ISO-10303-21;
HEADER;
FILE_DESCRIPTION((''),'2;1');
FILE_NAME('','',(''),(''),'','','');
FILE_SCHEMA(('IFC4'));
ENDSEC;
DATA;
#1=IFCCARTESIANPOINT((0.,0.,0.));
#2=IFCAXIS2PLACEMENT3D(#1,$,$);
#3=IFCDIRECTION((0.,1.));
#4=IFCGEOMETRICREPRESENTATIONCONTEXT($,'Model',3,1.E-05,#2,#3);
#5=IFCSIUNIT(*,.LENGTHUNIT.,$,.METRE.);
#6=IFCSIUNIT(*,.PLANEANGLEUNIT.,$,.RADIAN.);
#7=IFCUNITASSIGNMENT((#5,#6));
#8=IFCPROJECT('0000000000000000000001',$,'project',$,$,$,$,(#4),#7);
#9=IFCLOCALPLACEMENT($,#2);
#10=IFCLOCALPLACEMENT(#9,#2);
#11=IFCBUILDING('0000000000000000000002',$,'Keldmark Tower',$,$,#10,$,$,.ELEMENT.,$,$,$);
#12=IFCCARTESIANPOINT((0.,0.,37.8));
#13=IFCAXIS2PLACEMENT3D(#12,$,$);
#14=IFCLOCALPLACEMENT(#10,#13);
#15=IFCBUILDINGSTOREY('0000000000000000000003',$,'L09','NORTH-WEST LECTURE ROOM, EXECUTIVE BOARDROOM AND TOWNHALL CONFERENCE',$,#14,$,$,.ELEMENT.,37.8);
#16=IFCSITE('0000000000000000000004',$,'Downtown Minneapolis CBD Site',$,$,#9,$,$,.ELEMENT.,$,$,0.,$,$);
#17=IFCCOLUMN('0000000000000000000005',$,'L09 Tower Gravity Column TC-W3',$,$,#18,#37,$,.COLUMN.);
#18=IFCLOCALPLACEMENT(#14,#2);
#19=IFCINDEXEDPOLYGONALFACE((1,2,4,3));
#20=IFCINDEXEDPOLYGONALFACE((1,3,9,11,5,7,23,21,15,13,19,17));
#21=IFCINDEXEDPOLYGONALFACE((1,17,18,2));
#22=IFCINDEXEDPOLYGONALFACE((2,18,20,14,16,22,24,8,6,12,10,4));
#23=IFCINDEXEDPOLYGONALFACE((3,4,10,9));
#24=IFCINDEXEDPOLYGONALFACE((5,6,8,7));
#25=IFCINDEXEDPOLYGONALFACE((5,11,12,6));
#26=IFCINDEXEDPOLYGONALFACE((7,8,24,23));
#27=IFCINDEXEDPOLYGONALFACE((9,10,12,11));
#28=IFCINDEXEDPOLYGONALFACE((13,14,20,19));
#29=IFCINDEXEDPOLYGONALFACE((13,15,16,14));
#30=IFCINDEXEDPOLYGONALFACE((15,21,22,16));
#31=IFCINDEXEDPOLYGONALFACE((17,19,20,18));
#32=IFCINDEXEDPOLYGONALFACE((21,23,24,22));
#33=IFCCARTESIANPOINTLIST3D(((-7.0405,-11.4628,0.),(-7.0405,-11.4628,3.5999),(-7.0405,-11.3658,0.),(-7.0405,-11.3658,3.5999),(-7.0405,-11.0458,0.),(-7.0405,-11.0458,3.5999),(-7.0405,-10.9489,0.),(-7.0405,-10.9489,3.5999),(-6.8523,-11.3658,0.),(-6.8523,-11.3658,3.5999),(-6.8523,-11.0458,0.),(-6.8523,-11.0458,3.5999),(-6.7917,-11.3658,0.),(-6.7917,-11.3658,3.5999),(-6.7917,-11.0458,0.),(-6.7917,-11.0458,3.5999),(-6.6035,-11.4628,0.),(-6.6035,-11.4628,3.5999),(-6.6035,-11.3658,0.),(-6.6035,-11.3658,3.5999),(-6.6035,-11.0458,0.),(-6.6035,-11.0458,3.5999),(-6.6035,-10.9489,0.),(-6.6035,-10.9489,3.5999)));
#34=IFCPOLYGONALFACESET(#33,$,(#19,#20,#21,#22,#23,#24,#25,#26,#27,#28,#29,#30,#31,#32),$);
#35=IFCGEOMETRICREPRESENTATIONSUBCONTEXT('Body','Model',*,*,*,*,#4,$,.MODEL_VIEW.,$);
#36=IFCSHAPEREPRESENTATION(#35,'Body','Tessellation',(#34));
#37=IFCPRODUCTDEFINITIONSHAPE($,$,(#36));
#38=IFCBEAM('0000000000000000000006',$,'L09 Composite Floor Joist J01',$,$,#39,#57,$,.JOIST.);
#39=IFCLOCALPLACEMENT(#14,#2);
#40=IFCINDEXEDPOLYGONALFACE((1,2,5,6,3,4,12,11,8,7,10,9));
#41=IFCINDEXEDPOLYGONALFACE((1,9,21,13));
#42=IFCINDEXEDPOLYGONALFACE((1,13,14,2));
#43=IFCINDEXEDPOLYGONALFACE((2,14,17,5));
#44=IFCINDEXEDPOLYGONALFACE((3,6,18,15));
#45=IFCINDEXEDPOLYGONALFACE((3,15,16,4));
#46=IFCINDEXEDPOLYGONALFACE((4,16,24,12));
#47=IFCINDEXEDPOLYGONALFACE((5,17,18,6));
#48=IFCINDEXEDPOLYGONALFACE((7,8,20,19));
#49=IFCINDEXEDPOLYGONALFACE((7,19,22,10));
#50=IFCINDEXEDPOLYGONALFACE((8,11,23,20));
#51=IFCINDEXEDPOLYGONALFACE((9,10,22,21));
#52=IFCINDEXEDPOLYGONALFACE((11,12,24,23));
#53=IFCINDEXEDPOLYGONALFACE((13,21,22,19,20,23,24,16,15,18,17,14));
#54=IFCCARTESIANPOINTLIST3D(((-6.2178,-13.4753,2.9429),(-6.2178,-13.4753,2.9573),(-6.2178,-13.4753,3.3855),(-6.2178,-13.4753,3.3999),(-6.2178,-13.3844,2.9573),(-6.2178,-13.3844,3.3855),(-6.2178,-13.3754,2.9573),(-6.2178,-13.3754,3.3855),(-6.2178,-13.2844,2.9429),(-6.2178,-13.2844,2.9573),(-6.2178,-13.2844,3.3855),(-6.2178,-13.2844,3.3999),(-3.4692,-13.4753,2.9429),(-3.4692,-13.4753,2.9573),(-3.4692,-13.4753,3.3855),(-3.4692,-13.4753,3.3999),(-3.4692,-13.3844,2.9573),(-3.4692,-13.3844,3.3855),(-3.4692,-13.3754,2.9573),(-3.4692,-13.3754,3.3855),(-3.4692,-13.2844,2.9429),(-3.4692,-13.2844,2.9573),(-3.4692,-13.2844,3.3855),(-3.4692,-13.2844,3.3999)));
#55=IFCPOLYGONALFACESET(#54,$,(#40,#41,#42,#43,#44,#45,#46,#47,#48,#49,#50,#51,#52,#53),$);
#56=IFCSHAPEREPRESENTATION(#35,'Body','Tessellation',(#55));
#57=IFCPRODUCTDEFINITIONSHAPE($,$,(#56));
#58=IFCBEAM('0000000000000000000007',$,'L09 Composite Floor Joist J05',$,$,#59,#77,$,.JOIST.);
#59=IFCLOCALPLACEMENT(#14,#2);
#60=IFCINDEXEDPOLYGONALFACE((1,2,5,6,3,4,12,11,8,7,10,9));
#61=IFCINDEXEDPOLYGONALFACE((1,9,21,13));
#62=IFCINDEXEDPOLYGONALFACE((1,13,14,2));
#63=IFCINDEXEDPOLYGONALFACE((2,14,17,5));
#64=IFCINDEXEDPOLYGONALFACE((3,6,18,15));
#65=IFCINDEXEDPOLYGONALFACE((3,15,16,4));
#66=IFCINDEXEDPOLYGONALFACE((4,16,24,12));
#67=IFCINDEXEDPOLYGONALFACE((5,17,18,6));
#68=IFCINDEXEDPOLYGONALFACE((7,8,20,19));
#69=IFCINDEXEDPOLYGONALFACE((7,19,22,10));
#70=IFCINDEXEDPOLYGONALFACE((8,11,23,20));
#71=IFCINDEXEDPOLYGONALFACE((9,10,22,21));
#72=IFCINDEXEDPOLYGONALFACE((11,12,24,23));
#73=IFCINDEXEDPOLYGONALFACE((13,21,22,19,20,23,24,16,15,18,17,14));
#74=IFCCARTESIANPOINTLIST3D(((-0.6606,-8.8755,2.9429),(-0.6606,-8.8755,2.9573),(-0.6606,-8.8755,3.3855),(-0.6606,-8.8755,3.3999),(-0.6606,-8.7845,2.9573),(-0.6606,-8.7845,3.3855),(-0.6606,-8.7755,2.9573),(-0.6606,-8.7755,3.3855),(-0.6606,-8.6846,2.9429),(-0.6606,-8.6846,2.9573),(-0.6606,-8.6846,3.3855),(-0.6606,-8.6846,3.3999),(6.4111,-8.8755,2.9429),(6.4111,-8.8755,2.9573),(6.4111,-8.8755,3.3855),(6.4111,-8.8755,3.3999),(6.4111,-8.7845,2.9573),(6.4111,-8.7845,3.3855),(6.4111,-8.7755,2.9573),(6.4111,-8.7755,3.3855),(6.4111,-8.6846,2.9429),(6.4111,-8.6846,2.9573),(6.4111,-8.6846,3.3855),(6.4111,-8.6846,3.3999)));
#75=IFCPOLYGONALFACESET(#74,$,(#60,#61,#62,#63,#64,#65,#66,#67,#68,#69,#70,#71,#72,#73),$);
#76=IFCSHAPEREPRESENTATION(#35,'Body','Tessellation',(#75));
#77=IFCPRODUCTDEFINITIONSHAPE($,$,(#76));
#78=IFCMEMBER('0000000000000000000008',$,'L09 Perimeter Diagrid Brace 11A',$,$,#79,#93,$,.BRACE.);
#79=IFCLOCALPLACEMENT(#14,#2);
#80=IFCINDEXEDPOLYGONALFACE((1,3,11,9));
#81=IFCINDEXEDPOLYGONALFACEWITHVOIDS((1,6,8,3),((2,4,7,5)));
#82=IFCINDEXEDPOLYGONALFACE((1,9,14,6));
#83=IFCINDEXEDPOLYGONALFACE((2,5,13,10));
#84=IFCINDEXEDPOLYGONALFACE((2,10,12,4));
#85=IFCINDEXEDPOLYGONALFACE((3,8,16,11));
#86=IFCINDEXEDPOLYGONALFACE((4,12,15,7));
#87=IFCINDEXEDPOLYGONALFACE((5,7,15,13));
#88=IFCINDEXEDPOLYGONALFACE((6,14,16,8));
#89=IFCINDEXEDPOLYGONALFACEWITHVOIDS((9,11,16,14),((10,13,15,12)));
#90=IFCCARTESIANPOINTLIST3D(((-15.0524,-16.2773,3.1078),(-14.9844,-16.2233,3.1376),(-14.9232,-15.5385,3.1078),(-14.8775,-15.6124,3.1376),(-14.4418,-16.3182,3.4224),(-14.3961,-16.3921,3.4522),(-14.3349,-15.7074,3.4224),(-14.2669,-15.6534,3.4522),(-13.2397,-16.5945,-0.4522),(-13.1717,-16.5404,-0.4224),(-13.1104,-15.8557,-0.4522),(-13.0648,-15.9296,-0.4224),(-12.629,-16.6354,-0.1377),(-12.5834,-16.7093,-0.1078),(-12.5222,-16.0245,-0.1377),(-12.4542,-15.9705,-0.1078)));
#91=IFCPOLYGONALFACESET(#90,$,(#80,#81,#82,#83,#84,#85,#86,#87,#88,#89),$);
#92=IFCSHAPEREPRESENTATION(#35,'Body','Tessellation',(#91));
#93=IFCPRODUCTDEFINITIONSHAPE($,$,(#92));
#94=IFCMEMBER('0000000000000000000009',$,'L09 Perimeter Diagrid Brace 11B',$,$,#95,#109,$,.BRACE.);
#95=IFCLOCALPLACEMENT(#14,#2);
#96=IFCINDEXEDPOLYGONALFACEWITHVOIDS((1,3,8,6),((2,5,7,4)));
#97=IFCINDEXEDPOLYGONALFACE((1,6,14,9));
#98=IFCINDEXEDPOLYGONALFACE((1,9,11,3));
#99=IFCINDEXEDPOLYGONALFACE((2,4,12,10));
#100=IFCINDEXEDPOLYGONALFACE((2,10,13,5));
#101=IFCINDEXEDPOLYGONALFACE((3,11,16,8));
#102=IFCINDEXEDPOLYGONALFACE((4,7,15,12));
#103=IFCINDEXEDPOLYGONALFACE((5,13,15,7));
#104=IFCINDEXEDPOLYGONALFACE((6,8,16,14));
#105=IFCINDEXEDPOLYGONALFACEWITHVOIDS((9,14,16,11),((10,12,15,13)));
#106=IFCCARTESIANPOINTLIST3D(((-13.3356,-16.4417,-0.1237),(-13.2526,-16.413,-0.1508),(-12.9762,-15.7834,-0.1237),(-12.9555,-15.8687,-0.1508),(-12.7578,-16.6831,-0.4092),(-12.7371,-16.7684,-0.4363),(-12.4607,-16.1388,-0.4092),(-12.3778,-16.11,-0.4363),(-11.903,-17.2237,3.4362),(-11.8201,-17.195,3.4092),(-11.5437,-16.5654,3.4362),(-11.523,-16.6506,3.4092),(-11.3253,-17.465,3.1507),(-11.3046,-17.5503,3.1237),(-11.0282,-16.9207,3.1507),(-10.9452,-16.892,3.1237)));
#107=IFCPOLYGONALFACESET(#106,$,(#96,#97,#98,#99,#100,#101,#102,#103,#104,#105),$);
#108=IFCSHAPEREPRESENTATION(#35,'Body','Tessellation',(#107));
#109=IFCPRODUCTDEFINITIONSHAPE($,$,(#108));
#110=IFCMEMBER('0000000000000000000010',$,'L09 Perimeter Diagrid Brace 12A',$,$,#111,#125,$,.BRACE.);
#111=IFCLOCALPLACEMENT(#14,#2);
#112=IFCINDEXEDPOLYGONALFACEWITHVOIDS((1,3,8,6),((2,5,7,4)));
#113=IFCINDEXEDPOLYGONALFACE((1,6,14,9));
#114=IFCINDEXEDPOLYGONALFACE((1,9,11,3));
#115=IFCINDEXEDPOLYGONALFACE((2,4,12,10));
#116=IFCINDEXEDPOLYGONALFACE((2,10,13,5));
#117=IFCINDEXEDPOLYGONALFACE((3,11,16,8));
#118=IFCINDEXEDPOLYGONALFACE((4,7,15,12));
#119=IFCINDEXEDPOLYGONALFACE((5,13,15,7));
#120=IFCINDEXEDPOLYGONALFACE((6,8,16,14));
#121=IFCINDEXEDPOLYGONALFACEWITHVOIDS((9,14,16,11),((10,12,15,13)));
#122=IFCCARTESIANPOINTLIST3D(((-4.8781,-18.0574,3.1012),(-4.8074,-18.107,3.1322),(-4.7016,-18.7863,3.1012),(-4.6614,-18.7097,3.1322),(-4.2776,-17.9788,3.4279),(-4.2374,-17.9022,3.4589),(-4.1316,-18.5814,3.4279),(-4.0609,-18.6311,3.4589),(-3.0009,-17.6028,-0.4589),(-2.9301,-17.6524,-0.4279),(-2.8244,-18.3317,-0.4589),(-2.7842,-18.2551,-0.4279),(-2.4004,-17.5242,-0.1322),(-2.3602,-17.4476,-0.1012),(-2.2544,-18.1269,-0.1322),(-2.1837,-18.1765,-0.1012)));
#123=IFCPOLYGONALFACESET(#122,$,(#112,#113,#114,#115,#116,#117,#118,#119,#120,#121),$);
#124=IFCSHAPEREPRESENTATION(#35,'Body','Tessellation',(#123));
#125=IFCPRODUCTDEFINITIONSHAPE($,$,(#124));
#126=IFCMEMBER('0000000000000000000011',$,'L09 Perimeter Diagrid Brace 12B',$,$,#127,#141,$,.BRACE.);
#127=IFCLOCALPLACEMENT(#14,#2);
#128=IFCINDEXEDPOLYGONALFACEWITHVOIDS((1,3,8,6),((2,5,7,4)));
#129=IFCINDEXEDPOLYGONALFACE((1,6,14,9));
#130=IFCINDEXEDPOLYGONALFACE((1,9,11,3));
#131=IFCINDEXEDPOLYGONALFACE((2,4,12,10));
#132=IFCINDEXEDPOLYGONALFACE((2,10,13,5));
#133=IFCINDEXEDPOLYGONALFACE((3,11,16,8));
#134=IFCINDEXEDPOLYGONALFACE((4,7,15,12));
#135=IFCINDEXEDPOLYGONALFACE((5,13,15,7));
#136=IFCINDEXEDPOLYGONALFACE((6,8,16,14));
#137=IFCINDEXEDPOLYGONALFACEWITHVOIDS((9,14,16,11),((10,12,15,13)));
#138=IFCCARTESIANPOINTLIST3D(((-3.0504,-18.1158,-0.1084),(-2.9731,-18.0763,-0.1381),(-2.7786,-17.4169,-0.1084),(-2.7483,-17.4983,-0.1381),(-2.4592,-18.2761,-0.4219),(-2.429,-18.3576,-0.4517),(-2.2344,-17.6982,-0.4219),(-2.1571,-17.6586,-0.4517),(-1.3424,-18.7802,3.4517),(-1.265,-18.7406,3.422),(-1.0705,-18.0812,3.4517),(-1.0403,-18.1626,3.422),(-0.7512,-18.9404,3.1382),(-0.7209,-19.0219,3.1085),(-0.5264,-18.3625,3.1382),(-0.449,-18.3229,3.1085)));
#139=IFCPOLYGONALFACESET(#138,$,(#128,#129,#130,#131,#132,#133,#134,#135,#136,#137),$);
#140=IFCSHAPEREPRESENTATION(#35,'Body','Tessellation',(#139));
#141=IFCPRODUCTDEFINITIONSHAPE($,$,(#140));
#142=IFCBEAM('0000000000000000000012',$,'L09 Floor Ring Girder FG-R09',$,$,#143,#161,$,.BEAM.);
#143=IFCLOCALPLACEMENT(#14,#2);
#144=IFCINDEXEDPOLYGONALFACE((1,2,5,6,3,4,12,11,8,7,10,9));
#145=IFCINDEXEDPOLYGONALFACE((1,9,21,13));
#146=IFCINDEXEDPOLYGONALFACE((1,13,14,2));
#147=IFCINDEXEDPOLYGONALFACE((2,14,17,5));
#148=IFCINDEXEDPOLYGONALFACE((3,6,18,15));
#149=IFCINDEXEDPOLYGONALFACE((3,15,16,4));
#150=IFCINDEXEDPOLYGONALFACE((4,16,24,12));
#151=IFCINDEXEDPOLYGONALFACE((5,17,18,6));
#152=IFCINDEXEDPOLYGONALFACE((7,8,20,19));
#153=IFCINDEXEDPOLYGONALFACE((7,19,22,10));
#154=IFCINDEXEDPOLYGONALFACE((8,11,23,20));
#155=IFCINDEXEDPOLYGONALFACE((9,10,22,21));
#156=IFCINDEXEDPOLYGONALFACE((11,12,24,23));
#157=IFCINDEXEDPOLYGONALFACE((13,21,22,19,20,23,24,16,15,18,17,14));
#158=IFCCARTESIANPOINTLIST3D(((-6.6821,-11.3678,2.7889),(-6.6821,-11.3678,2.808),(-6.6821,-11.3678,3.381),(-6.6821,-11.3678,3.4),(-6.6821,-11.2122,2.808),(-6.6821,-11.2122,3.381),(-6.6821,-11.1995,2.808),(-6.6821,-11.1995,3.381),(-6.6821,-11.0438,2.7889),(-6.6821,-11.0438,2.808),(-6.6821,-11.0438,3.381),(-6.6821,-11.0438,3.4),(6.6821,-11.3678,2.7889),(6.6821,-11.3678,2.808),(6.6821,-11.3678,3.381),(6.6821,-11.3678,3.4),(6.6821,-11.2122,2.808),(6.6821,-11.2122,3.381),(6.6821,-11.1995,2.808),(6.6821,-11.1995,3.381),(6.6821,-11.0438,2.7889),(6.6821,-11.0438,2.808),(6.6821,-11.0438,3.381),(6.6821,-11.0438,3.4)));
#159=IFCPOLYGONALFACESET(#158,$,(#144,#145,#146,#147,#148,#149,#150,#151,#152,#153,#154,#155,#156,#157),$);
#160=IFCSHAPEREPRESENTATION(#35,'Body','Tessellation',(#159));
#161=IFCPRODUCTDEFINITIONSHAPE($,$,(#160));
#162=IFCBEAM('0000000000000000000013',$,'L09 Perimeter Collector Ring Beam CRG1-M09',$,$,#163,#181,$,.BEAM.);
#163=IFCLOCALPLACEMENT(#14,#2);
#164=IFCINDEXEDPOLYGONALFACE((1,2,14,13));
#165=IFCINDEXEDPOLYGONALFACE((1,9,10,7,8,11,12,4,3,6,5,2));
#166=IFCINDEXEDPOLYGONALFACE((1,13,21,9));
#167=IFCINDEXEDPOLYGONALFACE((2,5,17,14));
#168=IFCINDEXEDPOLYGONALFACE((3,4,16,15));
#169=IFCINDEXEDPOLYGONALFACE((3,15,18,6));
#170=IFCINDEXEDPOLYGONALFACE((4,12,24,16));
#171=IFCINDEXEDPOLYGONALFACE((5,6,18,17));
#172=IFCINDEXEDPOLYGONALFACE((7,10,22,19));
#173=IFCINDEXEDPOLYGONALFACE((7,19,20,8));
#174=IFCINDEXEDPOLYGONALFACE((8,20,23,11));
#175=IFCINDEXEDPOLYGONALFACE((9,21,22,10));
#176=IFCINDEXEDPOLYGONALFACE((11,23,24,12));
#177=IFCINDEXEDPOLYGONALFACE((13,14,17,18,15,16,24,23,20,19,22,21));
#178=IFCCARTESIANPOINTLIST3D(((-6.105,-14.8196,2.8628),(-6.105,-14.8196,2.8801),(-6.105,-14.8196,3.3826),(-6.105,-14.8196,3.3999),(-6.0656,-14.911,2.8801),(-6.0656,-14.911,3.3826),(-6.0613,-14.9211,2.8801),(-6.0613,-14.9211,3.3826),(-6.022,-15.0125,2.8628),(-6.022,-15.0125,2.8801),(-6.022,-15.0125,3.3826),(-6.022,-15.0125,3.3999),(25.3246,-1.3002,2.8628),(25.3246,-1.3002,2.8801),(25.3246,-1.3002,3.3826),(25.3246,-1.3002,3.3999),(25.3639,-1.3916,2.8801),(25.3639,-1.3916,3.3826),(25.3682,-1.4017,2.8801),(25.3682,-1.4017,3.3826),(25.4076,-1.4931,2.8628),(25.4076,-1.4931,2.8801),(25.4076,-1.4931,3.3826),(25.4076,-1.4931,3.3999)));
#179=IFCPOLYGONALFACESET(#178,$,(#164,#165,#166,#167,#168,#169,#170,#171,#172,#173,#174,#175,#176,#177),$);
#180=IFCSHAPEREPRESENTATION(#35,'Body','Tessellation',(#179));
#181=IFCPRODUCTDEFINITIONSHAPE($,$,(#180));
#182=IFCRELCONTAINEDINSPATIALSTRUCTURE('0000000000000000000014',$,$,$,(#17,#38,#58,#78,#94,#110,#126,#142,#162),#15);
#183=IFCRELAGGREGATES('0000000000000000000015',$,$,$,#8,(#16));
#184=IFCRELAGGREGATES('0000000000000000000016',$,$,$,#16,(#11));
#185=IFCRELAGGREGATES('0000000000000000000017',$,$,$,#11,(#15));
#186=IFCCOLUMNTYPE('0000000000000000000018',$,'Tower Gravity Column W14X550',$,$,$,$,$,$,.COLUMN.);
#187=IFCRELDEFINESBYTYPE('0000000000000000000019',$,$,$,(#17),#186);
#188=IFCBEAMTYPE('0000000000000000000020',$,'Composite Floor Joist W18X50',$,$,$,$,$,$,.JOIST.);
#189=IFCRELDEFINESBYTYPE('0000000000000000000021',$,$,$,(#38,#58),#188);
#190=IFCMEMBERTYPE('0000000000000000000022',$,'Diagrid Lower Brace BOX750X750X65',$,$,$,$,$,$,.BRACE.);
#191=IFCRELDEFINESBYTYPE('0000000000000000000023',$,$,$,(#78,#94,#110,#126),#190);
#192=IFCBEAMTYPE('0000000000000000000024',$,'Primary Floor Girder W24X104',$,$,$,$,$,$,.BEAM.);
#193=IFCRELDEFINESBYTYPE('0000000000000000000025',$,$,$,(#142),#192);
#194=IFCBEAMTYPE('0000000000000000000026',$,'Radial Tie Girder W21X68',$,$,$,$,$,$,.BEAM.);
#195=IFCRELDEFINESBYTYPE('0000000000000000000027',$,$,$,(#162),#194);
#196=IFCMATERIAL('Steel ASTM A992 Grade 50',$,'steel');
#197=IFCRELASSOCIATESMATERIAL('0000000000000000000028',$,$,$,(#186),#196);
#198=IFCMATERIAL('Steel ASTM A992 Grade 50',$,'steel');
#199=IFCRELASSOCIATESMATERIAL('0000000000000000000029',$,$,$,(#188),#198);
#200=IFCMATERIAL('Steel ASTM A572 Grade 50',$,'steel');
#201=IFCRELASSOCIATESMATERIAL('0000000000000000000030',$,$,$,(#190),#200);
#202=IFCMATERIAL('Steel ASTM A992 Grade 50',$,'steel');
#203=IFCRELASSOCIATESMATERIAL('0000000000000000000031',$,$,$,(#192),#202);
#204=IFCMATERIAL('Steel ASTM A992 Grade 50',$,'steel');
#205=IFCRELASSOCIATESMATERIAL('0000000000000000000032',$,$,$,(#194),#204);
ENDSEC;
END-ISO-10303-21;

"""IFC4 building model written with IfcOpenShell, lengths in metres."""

from ifc_helpers import new_model, si_unit, direction, frame, origin, origin_2d, place, context, subcontext, project, spatial, hollow_rectangle, i_section, extrude, material, material_profile, profile_set, type_object, element, save


model = new_model("IFC4")

# Units and contexts
model_context = context("Model", 3, precision=1e-05, world=origin(), true_north=direction((0.0, 1.0)))
body_context = subcontext(model_context, "Body", "Model", "MODEL_VIEW")
ifc_project = project(units=[si_unit("LENGTHUNIT", "METRE"), si_unit("PLANEANGLEUNIT", "RADIAN")], contexts=[model_context])

# Site, building, storey
site_placement = place(None, origin())
site = spatial("IfcSite", under=ifc_project, at=site_placement, Name="Downtown Minneapolis CBD Site", CompositionType="ELEMENT", RefElevation=0.0)
building_placement = place(site_placement, origin())
building = spatial("IfcBuilding", under=site, at=building_placement, Name="Keldmark Tower", CompositionType="ELEMENT")
storey_placement = place(building_placement, frame((0.0, 0.0, 37.8)))
storey = spatial("IfcBuildingStorey", under=building, at=storey_placement, Name="L09", Description="NORTH-WEST LECTURE ROOM, EXECUTIVE BOARDROOM AND TOWNHALL CONFERENCE", CompositionType="ELEMENT", Elevation=37.8)

# Column
ifc_material_1 = material(Name="Steel ASTM A992 Grade 50", Category="steel")
ifc_material_profile_1 = material_profile(ifc_material_1, i_section(OverallWidth=0.437, OverallDepth=0.5139, WebThickness=0.0605, FlangeThickness=0.0969, at=origin_2d()), Name="W14X550")
ifc_profile_set_1 = profile_set([ifc_material_profile_1], Name="Steel ASTM A992 Grade 50")
column_type = type_object("IfcColumnType", Name="Tower Gravity Column W14X550", PredefinedType="COLUMN", material=ifc_profile_set_1)
column_placement = place(storey_placement, frame((-6.822, -11.2058, 0.0), z_axis=(0.0, 0.0, 1.0), x_axis=(1.0, 0.0, 0.0)))
element("IfcColumn", 1, at=column_placement, inside=storey, type_object=column_type, Name="L09 Tower Gravity Column TC-W3", PredefinedType="COLUMN", context=body_context, shape_type="SweptSolid", body=[
    extrude(i_section(OverallWidth=0.437, OverallDepth=0.5139, WebThickness=0.0605, FlangeThickness=0.0969, at=origin_2d()), origin(), (0.0, 0.0, 1.0), 3.5999),
])

# Beams
ifc_material_2 = material(Name="Steel ASTM A992 Grade 50", Category="steel")
ifc_material_profile_2 = material_profile(ifc_material_2, i_section(OverallWidth=0.1909, OverallDepth=0.457, WebThickness=0.009, FlangeThickness=0.0144, at=origin_2d()), Name="W18X50")
ifc_profile_set_2 = profile_set([ifc_material_profile_2], Name="Steel ASTM A992 Grade 50")
beam_type_1 = type_object("IfcBeamType", Name="Composite Floor Joist W18X50", PredefinedType="JOIST", material=ifc_profile_set_2)
beam_1_placement = place(storey_placement, frame((-6.2178, -13.3799, 3.1714), z_axis=(1.0, 0.0, 0.0), x_axis=(0.0, 1.0, 0.0)))
element("IfcBeam", 2, at=beam_1_placement, inside=storey, type_object=beam_type_1, Name="L09 Composite Floor Joist J01", PredefinedType="JOIST", context=body_context, shape_type="SweptSolid", body=[
    extrude(i_section(OverallWidth=0.1909, OverallDepth=0.457, WebThickness=0.009, FlangeThickness=0.0144, at=origin_2d()), origin(), (0.0, 0.0, 1.0), 2.7485),
])
beam_2_placement = place(storey_placement, frame((-0.6606, -8.78, 3.1714), z_axis=(1.0, 0.0, 0.0), x_axis=(0.0, 1.0, 0.0)))
element("IfcBeam", 3, at=beam_2_placement, inside=storey, type_object=beam_type_1, Name="L09 Composite Floor Joist J05", PredefinedType="JOIST", context=body_context, shape_type="SweptSolid", body=[
    extrude(i_section(OverallWidth=0.1909, OverallDepth=0.457, WebThickness=0.009, FlangeThickness=0.0144, at=origin_2d()), origin(), (0.0, 0.0, 1.0), 7.0718),
])

# Members
ifc_material_3 = material(Name="Steel ASTM A572 Grade 50", Category="steel")
ifc_material_profile_3 = material_profile(ifc_material_3, hollow_rectangle(XDim=0.75, YDim=0.75, WallThickness=0.0649, at=origin_2d()), Name="BOX750X750X65")
ifc_profile_set_3 = profile_set([ifc_material_profile_3], Name="Steel ASTM A572 Grade 50")
member_type = type_object("IfcMemberType", Name="Diagrid Lower Brace BOX750X750X65", PredefinedType="BRACE", material=ifc_profile_set_3)
member_1_placement = place(storey_placement, frame((-12.8469, -16.2825, -0.28), z_axis=(-0.45233, 0.079135, 0.888333), x_axis=(-0.172332, -0.985039, 0.0)))
element("IfcMember", 4, at=member_1_placement, inside=storey, type_object=member_type, Name="L09 Perimeter Diagrid Brace 11A", PredefinedType="BRACE", context=body_context, shape_type="SweptSolid", body=[
    extrude(hollow_rectangle(XDim=0.75, YDim=0.75, WallThickness=0.0649, at=origin_2d()), origin(), (0.0, 0.0, 1.0), 4.0076),
])
member_2_placement = place(storey_placement, frame((-12.8567, -16.2759, -0.28), z_axis=(0.365803, -0.199671, 0.909021), x_axis=(0.479114, 0.877753, 0.0)))
element("IfcMember", 5, at=member_2_placement, inside=storey, type_object=member_type, Name="L09 Perimeter Diagrid Brace 11B", PredefinedType="BRACE", context=body_context, shape_type="SweptSolid", body=[
    extrude(hollow_rectangle(XDim=0.75, YDim=0.75, WallThickness=0.0649, at=origin_2d()), origin(), (0.0, 0.0, 1.0), 3.9163),
])
member_3_placement = place(storey_placement, frame((-2.5923, -17.8896, -0.28), z_axis=(-0.463477, -0.112237, 0.878972), x_axis=(0.235361, -0.971908, 0.0)))
element("IfcMember", 6, at=member_3_placement, inside=storey, type_object=member_type, Name="L09 Perimeter Diagrid Brace 12A", PredefinedType="BRACE", context=body_context, shape_type="SweptSolid", body=[
    extrude(hollow_rectangle(XDim=0.75, YDim=0.75, WallThickness=0.0649, at=origin_2d()), origin(), (0.0, 0.0, 1.0), 4.0503),
])
member_4_placement = place(storey_placement, frame((-2.6038, -17.8872, -0.28), z_axis=(0.426567, -0.165908, 0.889109), x_axis=(0.362485, 0.93199, 0.0)))
element("IfcMember", 7, at=member_4_placement, inside=storey, type_object=member_type, Name="L09 Perimeter Diagrid Brace 12B", PredefinedType="BRACE", context=body_context, shape_type="SweptSolid", body=[
    extrude(hollow_rectangle(XDim=0.75, YDim=0.75, WallThickness=0.0649, at=origin_2d()), origin(), (0.0, 0.0, 1.0), 4.0042),
])

# Beams
ifc_material_4 = material(Name="Steel ASTM A992 Grade 50", Category="steel")
ifc_material_profile_4 = material_profile(ifc_material_4, i_section(OverallWidth=0.324, OverallDepth=0.6111, WebThickness=0.0127, FlangeThickness=0.019, at=origin_2d()), Name="W24X104")
ifc_profile_set_4 = profile_set([ifc_material_profile_4], Name="Steel ASTM A992 Grade 50")
beam_type_2 = type_object("IfcBeamType", Name="Primary Floor Girder W24X104", PredefinedType="BEAM", material=ifc_profile_set_4)
beam_3_placement = place(storey_placement, frame((-6.6821, -11.2058, 3.0945), z_axis=(1.0, 0.0, 0.0), x_axis=(0.0, 1.0, 0.0)))
element("IfcBeam", 8, at=beam_3_placement, inside=storey, type_object=beam_type_2, Name="L09 Floor Ring Girder FG-R09", PredefinedType="BEAM", context=body_context, shape_type="SweptSolid", body=[
    extrude(i_section(OverallWidth=0.324, OverallDepth=0.6111, WebThickness=0.0127, FlangeThickness=0.019, at=origin_2d()), origin(), (0.0, 0.0, 1.0), 13.3643),
])
ifc_material_5 = material(Name="Steel ASTM A992 Grade 50", Category="steel")
ifc_material_profile_5 = material_profile(ifc_material_5, i_section(OverallWidth=0.21, OverallDepth=0.5371, WebThickness=0.011, FlangeThickness=0.0173, at=origin_2d()), Name="W21X68")
ifc_profile_set_5 = profile_set([ifc_material_profile_5], Name="Steel ASTM A992 Grade 50")
beam_type_3 = type_object("IfcBeamType", Name="Radial Tie Girder W21X68", PredefinedType="BEAM", material=ifc_profile_set_5)
beam_4_placement = place(storey_placement, frame((-6.0635, -14.916, 3.1313), z_axis=(0.91862, 0.395142, 0.0), x_axis=(-0.395142, 0.91862, 0.0)))
element("IfcBeam", 9, at=beam_4_placement, inside=storey, type_object=beam_type_3, Name="L09 Perimeter Collector Ring Beam CRG1-M09", PredefinedType="BEAM", context=body_context, shape_type="SweptSolid", body=[
    extrude(i_section(OverallWidth=0.21, OverallDepth=0.5371, WebThickness=0.011, FlangeThickness=0.0173, at=origin_2d()), origin(), (0.0, 0.0, 1.0), 34.2139),
])

save(model, "model.ifc")
